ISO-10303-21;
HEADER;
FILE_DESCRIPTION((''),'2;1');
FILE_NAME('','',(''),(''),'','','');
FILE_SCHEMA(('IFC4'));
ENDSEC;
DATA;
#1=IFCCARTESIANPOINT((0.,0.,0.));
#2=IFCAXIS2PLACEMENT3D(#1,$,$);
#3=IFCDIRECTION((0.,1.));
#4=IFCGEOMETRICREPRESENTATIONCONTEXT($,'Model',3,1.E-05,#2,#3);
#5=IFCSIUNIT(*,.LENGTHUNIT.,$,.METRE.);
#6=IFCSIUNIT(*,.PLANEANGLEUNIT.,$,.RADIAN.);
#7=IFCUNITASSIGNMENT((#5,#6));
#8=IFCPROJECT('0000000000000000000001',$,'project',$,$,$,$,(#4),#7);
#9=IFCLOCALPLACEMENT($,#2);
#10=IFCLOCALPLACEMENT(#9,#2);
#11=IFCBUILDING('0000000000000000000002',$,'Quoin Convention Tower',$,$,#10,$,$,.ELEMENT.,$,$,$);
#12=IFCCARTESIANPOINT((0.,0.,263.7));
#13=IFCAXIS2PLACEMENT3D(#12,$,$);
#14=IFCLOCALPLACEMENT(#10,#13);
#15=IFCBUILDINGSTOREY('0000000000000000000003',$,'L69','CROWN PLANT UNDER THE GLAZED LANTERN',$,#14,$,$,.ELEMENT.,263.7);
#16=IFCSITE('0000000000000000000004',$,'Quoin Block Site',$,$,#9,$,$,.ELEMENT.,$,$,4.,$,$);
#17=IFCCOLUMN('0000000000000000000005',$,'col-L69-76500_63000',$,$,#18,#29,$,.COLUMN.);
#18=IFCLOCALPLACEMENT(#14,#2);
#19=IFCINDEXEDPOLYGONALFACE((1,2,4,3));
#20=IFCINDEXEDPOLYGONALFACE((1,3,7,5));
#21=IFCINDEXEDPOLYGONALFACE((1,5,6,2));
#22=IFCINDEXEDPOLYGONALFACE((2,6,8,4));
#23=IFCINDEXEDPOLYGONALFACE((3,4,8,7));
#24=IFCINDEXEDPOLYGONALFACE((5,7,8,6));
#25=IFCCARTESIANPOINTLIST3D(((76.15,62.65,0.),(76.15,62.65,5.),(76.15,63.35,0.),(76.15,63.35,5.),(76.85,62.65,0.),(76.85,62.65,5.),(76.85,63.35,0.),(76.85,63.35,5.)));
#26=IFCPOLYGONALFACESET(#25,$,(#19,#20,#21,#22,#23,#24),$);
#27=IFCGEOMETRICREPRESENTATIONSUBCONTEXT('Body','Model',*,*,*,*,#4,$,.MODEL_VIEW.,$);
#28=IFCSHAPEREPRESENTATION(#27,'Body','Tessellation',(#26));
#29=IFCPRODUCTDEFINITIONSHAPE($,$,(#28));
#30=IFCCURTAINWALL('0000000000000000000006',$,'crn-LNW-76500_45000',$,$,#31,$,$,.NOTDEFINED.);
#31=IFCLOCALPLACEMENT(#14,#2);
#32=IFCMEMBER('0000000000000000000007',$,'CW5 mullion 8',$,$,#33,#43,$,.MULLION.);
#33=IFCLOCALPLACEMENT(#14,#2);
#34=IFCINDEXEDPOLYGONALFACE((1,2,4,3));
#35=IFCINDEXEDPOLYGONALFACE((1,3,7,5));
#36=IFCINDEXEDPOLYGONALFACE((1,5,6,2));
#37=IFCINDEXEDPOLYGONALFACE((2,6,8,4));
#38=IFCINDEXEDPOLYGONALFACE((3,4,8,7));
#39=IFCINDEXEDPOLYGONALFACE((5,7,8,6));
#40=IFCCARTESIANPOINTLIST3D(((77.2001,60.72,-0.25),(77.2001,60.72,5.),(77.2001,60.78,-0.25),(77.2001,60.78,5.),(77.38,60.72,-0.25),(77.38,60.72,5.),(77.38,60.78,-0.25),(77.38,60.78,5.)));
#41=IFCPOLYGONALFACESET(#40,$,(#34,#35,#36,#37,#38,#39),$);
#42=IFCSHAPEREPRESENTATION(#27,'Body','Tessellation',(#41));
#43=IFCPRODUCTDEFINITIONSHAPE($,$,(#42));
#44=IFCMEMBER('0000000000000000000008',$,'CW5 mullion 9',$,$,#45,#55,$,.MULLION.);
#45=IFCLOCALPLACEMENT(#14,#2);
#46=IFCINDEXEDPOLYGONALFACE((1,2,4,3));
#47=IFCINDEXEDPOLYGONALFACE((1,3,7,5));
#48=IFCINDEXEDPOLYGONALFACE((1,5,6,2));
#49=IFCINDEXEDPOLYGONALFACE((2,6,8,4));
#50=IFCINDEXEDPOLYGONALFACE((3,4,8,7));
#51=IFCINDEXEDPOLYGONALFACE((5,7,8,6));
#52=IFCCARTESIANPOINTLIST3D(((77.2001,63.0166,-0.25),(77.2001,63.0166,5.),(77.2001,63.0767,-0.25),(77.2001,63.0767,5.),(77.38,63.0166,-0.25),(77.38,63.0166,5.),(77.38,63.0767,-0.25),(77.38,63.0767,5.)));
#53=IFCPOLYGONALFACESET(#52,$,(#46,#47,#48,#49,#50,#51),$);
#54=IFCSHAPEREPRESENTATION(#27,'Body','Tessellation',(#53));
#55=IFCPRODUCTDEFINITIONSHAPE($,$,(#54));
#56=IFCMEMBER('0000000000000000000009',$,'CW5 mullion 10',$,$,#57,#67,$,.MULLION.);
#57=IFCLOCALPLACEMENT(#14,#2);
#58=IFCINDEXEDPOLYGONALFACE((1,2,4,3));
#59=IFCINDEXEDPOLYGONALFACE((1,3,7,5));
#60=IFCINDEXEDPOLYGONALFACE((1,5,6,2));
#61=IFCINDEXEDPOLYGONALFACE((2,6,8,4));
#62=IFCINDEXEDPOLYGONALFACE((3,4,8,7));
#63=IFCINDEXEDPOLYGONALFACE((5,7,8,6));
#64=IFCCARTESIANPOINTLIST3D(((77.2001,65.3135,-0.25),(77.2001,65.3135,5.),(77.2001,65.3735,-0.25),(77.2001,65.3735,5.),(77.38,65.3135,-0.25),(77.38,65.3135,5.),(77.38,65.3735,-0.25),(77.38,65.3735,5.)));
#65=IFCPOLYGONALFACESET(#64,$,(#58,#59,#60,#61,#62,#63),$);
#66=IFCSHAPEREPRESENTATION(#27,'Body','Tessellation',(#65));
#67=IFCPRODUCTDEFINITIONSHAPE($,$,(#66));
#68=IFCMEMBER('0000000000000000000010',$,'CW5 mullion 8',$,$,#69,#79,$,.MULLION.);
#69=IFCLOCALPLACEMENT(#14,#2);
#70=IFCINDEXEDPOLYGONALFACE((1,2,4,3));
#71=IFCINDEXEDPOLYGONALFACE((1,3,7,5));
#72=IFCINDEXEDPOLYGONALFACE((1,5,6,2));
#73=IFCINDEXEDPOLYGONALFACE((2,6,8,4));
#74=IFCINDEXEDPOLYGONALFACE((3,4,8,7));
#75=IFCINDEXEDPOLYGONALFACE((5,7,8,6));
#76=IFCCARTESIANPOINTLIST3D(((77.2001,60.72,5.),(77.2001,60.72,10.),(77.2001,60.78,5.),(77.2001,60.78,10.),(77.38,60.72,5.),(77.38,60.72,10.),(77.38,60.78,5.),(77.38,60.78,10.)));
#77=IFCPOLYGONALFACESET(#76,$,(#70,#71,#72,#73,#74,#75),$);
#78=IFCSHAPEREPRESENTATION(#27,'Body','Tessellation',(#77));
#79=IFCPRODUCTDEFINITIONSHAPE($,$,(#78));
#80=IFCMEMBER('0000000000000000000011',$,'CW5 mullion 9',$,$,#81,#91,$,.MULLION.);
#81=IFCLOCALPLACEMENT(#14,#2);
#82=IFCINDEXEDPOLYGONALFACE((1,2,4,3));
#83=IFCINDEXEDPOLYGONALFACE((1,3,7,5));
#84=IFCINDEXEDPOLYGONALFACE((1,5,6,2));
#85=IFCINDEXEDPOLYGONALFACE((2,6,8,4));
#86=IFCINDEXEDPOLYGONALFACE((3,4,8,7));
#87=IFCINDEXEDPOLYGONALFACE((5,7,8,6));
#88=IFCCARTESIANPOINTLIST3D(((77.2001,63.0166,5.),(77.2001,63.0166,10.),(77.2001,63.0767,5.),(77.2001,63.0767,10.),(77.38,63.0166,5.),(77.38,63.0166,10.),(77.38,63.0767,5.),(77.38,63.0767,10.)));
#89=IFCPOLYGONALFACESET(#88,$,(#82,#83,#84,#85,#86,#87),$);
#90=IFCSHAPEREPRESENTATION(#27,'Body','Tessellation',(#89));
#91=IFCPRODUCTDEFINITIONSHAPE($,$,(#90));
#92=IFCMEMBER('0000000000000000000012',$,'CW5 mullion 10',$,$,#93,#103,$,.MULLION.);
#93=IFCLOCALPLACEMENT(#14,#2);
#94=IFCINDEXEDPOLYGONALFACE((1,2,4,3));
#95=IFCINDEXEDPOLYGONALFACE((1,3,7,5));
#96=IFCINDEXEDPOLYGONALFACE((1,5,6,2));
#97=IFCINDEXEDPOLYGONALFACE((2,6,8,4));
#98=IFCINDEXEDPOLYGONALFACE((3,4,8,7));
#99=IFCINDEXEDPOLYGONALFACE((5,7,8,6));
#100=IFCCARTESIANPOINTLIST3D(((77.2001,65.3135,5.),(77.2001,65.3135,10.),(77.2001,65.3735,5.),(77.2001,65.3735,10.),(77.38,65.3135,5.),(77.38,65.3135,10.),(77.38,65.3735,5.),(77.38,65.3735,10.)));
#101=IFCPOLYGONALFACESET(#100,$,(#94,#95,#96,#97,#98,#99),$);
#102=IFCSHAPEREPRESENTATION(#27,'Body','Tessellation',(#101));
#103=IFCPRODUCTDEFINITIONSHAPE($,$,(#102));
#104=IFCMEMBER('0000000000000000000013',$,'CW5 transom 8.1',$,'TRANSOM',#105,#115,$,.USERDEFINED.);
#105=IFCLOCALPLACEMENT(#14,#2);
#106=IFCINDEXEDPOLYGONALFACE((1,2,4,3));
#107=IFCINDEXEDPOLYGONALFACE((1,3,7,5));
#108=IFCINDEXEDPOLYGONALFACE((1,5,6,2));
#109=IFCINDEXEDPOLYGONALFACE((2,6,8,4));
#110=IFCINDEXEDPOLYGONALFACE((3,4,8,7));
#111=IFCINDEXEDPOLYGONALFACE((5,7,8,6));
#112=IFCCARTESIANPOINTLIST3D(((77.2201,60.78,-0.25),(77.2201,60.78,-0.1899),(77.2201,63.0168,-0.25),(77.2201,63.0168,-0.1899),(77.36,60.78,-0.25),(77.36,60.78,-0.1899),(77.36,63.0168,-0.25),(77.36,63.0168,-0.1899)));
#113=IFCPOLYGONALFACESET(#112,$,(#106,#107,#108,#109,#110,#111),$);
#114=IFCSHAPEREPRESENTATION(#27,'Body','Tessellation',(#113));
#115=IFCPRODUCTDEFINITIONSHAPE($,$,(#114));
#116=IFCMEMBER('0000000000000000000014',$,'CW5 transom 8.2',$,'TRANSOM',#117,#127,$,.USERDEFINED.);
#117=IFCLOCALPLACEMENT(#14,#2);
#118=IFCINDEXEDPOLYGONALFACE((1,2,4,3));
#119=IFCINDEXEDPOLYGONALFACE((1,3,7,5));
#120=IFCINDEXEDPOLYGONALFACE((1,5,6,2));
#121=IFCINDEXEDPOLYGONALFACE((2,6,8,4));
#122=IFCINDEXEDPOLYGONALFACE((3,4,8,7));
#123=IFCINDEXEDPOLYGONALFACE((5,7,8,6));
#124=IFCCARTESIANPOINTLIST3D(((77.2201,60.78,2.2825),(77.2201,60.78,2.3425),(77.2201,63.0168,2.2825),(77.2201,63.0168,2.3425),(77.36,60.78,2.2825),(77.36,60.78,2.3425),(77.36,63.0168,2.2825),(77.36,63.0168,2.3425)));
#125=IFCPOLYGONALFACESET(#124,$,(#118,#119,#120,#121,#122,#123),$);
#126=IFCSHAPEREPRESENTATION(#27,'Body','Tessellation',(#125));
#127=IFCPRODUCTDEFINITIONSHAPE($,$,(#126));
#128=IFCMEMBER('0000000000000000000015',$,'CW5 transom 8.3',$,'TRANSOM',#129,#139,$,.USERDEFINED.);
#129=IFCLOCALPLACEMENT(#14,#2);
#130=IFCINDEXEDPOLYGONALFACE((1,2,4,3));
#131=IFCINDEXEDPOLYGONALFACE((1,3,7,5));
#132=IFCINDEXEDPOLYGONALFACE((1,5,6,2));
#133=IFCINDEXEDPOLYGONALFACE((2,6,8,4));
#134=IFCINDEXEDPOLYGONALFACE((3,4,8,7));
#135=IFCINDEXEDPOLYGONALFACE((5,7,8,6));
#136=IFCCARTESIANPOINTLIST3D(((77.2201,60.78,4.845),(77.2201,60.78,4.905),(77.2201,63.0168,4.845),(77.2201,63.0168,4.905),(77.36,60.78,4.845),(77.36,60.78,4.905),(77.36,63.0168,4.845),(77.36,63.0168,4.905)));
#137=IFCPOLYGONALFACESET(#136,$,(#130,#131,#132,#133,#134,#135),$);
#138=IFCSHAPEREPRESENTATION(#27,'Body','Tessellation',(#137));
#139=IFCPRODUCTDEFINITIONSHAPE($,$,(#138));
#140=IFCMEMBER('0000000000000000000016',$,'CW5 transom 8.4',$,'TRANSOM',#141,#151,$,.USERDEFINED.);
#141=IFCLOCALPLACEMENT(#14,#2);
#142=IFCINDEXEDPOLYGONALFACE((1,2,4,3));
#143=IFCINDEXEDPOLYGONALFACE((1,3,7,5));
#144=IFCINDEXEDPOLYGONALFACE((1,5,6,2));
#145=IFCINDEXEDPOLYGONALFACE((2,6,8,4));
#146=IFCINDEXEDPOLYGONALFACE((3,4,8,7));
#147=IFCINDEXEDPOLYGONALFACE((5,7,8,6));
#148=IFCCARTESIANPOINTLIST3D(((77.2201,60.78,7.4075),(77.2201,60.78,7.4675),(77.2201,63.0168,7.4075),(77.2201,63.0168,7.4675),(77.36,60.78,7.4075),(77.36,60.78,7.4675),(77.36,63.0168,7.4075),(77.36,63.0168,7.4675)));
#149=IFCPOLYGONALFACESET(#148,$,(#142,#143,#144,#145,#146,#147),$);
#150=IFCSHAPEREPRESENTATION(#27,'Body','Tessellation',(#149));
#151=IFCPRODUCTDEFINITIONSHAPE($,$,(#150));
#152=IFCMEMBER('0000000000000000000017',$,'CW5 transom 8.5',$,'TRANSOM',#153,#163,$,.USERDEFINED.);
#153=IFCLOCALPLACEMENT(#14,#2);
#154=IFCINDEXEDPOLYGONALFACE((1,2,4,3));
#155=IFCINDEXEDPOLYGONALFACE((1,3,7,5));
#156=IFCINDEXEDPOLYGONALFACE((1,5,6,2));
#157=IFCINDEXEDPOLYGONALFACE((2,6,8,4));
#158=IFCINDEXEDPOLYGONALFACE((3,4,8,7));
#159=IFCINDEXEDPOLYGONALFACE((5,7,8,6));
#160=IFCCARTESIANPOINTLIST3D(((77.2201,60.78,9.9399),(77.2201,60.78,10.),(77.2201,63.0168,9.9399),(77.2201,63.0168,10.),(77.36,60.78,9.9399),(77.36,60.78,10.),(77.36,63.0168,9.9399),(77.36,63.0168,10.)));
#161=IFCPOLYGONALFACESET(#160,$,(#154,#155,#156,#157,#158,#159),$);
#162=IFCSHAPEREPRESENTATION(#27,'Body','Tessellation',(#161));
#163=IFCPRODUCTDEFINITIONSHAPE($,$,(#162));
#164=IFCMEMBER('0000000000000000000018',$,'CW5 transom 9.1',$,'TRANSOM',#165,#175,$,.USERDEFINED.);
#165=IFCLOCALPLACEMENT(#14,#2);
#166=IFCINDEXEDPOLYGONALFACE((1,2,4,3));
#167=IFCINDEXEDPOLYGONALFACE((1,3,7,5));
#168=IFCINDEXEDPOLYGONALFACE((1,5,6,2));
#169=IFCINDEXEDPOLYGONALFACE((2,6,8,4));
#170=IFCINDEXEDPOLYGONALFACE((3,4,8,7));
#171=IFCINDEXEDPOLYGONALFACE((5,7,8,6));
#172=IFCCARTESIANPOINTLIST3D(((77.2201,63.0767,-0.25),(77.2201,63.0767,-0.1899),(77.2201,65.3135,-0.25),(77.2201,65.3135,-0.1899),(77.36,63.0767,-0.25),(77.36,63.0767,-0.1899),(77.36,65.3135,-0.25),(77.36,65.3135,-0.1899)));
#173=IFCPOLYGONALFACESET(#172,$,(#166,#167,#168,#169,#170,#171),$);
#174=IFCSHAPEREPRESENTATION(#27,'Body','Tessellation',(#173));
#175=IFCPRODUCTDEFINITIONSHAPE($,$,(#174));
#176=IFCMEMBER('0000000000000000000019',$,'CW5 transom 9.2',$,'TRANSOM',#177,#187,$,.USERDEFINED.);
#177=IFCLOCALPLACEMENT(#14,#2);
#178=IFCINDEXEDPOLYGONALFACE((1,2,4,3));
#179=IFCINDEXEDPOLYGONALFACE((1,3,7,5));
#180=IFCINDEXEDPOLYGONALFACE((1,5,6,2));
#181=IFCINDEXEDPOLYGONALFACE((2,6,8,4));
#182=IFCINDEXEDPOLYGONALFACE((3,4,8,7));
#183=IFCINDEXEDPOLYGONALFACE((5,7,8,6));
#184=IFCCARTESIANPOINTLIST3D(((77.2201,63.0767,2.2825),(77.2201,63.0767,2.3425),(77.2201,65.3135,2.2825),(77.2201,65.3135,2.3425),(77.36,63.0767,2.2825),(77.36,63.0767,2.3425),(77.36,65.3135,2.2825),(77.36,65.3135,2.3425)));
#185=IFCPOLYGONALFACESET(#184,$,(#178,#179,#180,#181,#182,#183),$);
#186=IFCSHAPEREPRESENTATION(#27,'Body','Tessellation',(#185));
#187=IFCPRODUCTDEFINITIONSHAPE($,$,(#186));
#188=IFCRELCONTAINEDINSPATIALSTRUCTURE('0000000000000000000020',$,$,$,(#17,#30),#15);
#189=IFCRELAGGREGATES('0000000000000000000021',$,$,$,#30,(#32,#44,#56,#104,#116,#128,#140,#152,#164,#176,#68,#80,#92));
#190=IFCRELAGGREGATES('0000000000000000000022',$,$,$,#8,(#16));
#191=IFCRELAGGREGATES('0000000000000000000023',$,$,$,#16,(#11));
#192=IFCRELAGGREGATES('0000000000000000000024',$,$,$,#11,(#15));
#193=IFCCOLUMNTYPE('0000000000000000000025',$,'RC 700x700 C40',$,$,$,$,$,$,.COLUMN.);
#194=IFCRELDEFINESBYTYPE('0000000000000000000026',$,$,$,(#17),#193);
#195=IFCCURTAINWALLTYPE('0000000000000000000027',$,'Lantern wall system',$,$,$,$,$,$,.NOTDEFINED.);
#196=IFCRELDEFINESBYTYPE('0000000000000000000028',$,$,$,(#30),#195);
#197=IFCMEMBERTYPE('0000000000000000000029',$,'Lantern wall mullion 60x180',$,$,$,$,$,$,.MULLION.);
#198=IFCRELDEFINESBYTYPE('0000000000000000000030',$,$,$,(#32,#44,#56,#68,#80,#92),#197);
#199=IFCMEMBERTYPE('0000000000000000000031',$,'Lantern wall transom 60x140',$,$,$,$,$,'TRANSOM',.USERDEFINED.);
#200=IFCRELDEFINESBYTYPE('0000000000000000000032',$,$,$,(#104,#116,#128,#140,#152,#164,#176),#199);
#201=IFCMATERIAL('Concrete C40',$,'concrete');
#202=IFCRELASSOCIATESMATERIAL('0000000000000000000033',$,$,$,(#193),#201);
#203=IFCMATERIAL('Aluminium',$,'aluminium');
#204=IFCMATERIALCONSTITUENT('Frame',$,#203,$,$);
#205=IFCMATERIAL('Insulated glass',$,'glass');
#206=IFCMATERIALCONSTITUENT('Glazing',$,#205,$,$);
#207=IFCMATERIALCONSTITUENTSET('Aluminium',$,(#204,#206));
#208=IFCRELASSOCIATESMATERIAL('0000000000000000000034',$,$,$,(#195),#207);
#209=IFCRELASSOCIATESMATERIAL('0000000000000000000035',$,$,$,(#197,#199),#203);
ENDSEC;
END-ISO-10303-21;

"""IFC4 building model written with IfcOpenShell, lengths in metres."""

from ifc_helpers import new_model, si_unit, direction, frame, origin, origin_2d, place, context, subcontext, project, spatial, rectangle, extrude, material, constituent, constituent_set, material_profile, profile_set, type_object, element, aggregate, save


model = new_model("IFC4")

# Units and contexts
model_context = context("Model", 3, precision=1e-05, world=origin(), true_north=direction((0.0, 1.0)))
body_context = subcontext(model_context, "Body", "Model", "MODEL_VIEW")
ifc_project = project(units=[si_unit("LENGTHUNIT", "METRE"), si_unit("PLANEANGLEUNIT", "RADIAN")], contexts=[model_context])

# Site, building, storey
site_placement = place(None, origin())
site = spatial("IfcSite", under=ifc_project, at=site_placement, Name="Quoin Block Site", CompositionType="ELEMENT", RefElevation=4.0)
building_placement = place(site_placement, origin())
building = spatial("IfcBuilding", under=site, at=building_placement, Name="Quoin Convention Tower", CompositionType="ELEMENT")
storey_placement = place(building_placement, frame((0.0, 0.0, 263.7)))
storey = spatial("IfcBuildingStorey", under=building, at=storey_placement, Name="L69", Description="CROWN PLANT UNDER THE GLAZED LANTERN", CompositionType="ELEMENT", Elevation=263.7)

# Column
ifc_material_1 = material(Name="Concrete C40", Category="concrete")
ifc_material_profile_1 = material_profile(ifc_material_1, rectangle(XDim=0.7, YDim=0.7, at=origin_2d()), Name="RC 700x700")
ifc_profile_set_1 = profile_set([ifc_material_profile_1], Name="Concrete C40")
column_type = type_object("IfcColumnType", Name="RC 700x700 C40", PredefinedType="COLUMN", material=ifc_profile_set_1)
column_placement = place(storey_placement, frame((76.5, 63.0, 0.0), z_axis=(0.0, 0.0, 1.0), x_axis=(1.0, 0.0, 0.0)))
element("IfcColumn", 1, at=column_placement, inside=storey, type_object=column_type, Name="col-L69-76500_63000", PredefinedType="COLUMN", context=body_context, shape_type="SweptSolid", body=[
    extrude(rectangle(XDim=0.7, YDim=0.7, at=origin_2d()), origin(), (0.0, 0.0, 1.0), 5.0),
])

# Curtain wall, members
ifc_material_2 = material(Name="Aluminium", Category="aluminium")
ifc_constituent_1 = constituent(ifc_material_2, Name="Frame")
ifc_material_3 = material(Name="Insulated glass", Category="glass")
ifc_constituent_2 = constituent(ifc_material_3, Name="Glazing")
ifc_constituent_set = constituent_set(constituents=[ifc_constituent_1, ifc_constituent_2], Name="Aluminium")
curtain_wall_type = type_object("IfcCurtainWallType", Name="Lantern wall system", PredefinedType="NOTDEFINED", material=ifc_constituent_set)
curtain_wall_placement = place(storey_placement, origin())
curtain_wall = element("IfcCurtainWall", 2, at=curtain_wall_placement, inside=storey, type_object=curtain_wall_type, Name="crn-LNW-76500_45000", PredefinedType="NOTDEFINED")
ifc_material_profile_2 = material_profile(ifc_material_2, rectangle(XDim=0.1799, YDim=0.0601, at=origin_2d()), Name="Lantern wall mullion 60x180")
ifc_profile_set_2 = profile_set([ifc_material_profile_2], Name="Aluminium")
member_type_1 = type_object("IfcMemberType", Name="Lantern wall mullion 60x180", PredefinedType="MULLION", material=ifc_profile_set_2)
member_1_placement = place(storey_placement, frame((77.29, 60.75, -0.25), z_axis=(0.0, 0.0, 1.0), x_axis=(-1.0, 0.0, 0.0)))
member_1 = element("IfcMember", 3, at=member_1_placement, type_object=member_type_1, Name="CW5 mullion 8", PredefinedType="MULLION", context=body_context, shape_type="SweptSolid", body=[
    extrude(rectangle(XDim=0.1799, YDim=0.0601, at=origin_2d()), origin(), (0.0, 0.0, 1.0), 5.25),
])
member_2_placement = place(storey_placement, frame((77.29, 63.0466, -0.25), z_axis=(0.0, 0.0, 1.0), x_axis=(-1.0, 0.0, 0.0)))
member_2 = element("IfcMember", 4, at=member_2_placement, type_object=member_type_1, Name="CW5 mullion 9", PredefinedType="MULLION", context=body_context, shape_type="SweptSolid", body=[
    extrude(rectangle(XDim=0.1799, YDim=0.0601, at=origin_2d()), origin(), (0.0, 0.0, 1.0), 5.25),
])
member_3_placement = place(storey_placement, frame((77.29, 65.3435, -0.25), z_axis=(0.0, 0.0, 1.0), x_axis=(-1.0, 0.0, 0.0)))
member_3 = element("IfcMember", 5, at=member_3_placement, type_object=member_type_1, Name="CW5 mullion 10", PredefinedType="MULLION", context=body_context, shape_type="SweptSolid", body=[
    extrude(rectangle(XDim=0.1799, YDim=0.0601, at=origin_2d()), origin(), (0.0, 0.0, 1.0), 5.25),
])
member_4_placement = place(storey_placement, frame((77.29, 60.75, 5.0), z_axis=(0.0, 0.0, 1.0), x_axis=(-1.0, 0.0, 0.0)))
member_4 = element("IfcMember", 6, at=member_4_placement, type_object=member_type_1, Name="CW5 mullion 8", PredefinedType="MULLION", context=body_context, shape_type="SweptSolid", body=[
    extrude(rectangle(XDim=0.1799, YDim=0.0601, at=origin_2d()), origin(), (0.0, 0.0, 1.0), 5.0),
])
member_5_placement = place(storey_placement, frame((77.29, 63.0466, 5.0), z_axis=(0.0, 0.0, 1.0), x_axis=(-1.0, 0.0, 0.0)))
member_5 = element("IfcMember", 7, at=member_5_placement, type_object=member_type_1, Name="CW5 mullion 9", PredefinedType="MULLION", context=body_context, shape_type="SweptSolid", body=[
    extrude(rectangle(XDim=0.1799, YDim=0.0601, at=origin_2d()), origin(), (0.0, 0.0, 1.0), 5.0),
])
member_6_placement = place(storey_placement, frame((77.29, 65.3435, 5.0), z_axis=(0.0, 0.0, 1.0), x_axis=(-1.0, 0.0, 0.0)))
member_6 = element("IfcMember", 8, at=member_6_placement, type_object=member_type_1, Name="CW5 mullion 10", PredefinedType="MULLION", context=body_context, shape_type="SweptSolid", body=[
    extrude(rectangle(XDim=0.1799, YDim=0.0601, at=origin_2d()), origin(), (0.0, 0.0, 1.0), 5.0),
])
ifc_material_profile_3 = material_profile(ifc_material_2, rectangle(XDim=0.1399, YDim=0.0601, at=origin_2d()), Name="Lantern wall transom 60x140")
ifc_profile_set_3 = profile_set([ifc_material_profile_3], Name="Aluminium")
member_type_2 = type_object("IfcMemberType", Name="Lantern wall transom 60x140", ElementType="TRANSOM", PredefinedType="USERDEFINED", material=ifc_profile_set_3)
member_7_placement = place(storey_placement, frame((77.29, 60.78, -0.22), z_axis=(0.0, 1.0, 0.0), x_axis=(-1.0, 0.0, 0.0)))
member_7 = element("IfcMember", 9, at=member_7_placement, type_object=member_type_2, Name="CW5 transom 8.1", ObjectType="TRANSOM", PredefinedType="USERDEFINED", context=body_context, shape_type="SweptSolid", body=[
    extrude(rectangle(XDim=0.1399, YDim=0.0601, at=origin_2d()), origin(), (0.0, 0.0, 1.0), 2.2368),
])
member_8_placement = place(storey_placement, frame((77.29, 60.78, 2.3125), z_axis=(0.0, 1.0, 0.0), x_axis=(-1.0, 0.0, 0.0)))
member_8 = element("IfcMember", 10, at=member_8_placement, type_object=member_type_2, Name="CW5 transom 8.2", ObjectType="TRANSOM", PredefinedType="USERDEFINED", context=body_context, shape_type="SweptSolid", body=[
    extrude(rectangle(XDim=0.1399, YDim=0.0601, at=origin_2d()), origin(), (0.0, 0.0, 1.0), 2.2368),
])
member_9_placement = place(storey_placement, frame((77.29, 60.78, 4.875), z_axis=(0.0, 1.0, 0.0), x_axis=(-1.0, 0.0, 0.0)))
member_9 = element("IfcMember", 11, at=member_9_placement, type_object=member_type_2, Name="CW5 transom 8.3", ObjectType="TRANSOM", PredefinedType="USERDEFINED", context=body_context, shape_type="SweptSolid", body=[
    extrude(rectangle(XDim=0.1399, YDim=0.0601, at=origin_2d()), origin(), (0.0, 0.0, 1.0), 2.2368),
])
member_10_placement = place(storey_placement, frame((77.29, 60.78, 7.4375), z_axis=(0.0, 1.0, 0.0), x_axis=(-1.0, 0.0, 0.0)))
member_10 = element("IfcMember", 12, at=member_10_placement, type_object=member_type_2, Name="CW5 transom 8.4", ObjectType="TRANSOM", PredefinedType="USERDEFINED", context=body_context, shape_type="SweptSolid", body=[
    extrude(rectangle(XDim=0.1399, YDim=0.0601, at=origin_2d()), origin(), (0.0, 0.0, 1.0), 2.2368),
])
member_11_placement = place(storey_placement, frame((77.29, 60.78, 9.97), z_axis=(0.0, 1.0, 0.0), x_axis=(-1.0, 0.0, 0.0)))
member_11 = element("IfcMember", 13, at=member_11_placement, type_object=member_type_2, Name="CW5 transom 8.5", ObjectType="TRANSOM", PredefinedType="USERDEFINED", context=body_context, shape_type="SweptSolid", body=[
    extrude(rectangle(XDim=0.1399, YDim=0.0601, at=origin_2d()), origin(), (0.0, 0.0, 1.0), 2.2368),
])
member_12_placement = place(storey_placement, frame((77.29, 63.0767, -0.22), z_axis=(0.0, 1.0, 0.0), x_axis=(-1.0, 0.0, 0.0)))
member_12 = element("IfcMember", 14, at=member_12_placement, type_object=member_type_2, Name="CW5 transom 9.1", ObjectType="TRANSOM", PredefinedType="USERDEFINED", context=body_context, shape_type="SweptSolid", body=[
    extrude(rectangle(XDim=0.1399, YDim=0.0601, at=origin_2d()), origin(), (0.0, 0.0, 1.0), 2.2368),
])
member_13_placement = place(storey_placement, frame((77.29, 63.0767, 2.3125), z_axis=(0.0, 1.0, 0.0), x_axis=(-1.0, 0.0, 0.0)))
member_13 = element("IfcMember", 15, at=member_13_placement, type_object=member_type_2, Name="CW5 transom 9.2", ObjectType="TRANSOM", PredefinedType="USERDEFINED", context=body_context, shape_type="SweptSolid", body=[
    extrude(rectangle(XDim=0.1399, YDim=0.0601, at=origin_2d()), origin(), (0.0, 0.0, 1.0), 2.2368),
])

aggregate(curtain_wall, [member_1, member_2, member_3, member_7, member_8, member_9, member_10, member_11, member_12, member_13, member_4, member_5, member_6])

save(model, "model.ifc")
